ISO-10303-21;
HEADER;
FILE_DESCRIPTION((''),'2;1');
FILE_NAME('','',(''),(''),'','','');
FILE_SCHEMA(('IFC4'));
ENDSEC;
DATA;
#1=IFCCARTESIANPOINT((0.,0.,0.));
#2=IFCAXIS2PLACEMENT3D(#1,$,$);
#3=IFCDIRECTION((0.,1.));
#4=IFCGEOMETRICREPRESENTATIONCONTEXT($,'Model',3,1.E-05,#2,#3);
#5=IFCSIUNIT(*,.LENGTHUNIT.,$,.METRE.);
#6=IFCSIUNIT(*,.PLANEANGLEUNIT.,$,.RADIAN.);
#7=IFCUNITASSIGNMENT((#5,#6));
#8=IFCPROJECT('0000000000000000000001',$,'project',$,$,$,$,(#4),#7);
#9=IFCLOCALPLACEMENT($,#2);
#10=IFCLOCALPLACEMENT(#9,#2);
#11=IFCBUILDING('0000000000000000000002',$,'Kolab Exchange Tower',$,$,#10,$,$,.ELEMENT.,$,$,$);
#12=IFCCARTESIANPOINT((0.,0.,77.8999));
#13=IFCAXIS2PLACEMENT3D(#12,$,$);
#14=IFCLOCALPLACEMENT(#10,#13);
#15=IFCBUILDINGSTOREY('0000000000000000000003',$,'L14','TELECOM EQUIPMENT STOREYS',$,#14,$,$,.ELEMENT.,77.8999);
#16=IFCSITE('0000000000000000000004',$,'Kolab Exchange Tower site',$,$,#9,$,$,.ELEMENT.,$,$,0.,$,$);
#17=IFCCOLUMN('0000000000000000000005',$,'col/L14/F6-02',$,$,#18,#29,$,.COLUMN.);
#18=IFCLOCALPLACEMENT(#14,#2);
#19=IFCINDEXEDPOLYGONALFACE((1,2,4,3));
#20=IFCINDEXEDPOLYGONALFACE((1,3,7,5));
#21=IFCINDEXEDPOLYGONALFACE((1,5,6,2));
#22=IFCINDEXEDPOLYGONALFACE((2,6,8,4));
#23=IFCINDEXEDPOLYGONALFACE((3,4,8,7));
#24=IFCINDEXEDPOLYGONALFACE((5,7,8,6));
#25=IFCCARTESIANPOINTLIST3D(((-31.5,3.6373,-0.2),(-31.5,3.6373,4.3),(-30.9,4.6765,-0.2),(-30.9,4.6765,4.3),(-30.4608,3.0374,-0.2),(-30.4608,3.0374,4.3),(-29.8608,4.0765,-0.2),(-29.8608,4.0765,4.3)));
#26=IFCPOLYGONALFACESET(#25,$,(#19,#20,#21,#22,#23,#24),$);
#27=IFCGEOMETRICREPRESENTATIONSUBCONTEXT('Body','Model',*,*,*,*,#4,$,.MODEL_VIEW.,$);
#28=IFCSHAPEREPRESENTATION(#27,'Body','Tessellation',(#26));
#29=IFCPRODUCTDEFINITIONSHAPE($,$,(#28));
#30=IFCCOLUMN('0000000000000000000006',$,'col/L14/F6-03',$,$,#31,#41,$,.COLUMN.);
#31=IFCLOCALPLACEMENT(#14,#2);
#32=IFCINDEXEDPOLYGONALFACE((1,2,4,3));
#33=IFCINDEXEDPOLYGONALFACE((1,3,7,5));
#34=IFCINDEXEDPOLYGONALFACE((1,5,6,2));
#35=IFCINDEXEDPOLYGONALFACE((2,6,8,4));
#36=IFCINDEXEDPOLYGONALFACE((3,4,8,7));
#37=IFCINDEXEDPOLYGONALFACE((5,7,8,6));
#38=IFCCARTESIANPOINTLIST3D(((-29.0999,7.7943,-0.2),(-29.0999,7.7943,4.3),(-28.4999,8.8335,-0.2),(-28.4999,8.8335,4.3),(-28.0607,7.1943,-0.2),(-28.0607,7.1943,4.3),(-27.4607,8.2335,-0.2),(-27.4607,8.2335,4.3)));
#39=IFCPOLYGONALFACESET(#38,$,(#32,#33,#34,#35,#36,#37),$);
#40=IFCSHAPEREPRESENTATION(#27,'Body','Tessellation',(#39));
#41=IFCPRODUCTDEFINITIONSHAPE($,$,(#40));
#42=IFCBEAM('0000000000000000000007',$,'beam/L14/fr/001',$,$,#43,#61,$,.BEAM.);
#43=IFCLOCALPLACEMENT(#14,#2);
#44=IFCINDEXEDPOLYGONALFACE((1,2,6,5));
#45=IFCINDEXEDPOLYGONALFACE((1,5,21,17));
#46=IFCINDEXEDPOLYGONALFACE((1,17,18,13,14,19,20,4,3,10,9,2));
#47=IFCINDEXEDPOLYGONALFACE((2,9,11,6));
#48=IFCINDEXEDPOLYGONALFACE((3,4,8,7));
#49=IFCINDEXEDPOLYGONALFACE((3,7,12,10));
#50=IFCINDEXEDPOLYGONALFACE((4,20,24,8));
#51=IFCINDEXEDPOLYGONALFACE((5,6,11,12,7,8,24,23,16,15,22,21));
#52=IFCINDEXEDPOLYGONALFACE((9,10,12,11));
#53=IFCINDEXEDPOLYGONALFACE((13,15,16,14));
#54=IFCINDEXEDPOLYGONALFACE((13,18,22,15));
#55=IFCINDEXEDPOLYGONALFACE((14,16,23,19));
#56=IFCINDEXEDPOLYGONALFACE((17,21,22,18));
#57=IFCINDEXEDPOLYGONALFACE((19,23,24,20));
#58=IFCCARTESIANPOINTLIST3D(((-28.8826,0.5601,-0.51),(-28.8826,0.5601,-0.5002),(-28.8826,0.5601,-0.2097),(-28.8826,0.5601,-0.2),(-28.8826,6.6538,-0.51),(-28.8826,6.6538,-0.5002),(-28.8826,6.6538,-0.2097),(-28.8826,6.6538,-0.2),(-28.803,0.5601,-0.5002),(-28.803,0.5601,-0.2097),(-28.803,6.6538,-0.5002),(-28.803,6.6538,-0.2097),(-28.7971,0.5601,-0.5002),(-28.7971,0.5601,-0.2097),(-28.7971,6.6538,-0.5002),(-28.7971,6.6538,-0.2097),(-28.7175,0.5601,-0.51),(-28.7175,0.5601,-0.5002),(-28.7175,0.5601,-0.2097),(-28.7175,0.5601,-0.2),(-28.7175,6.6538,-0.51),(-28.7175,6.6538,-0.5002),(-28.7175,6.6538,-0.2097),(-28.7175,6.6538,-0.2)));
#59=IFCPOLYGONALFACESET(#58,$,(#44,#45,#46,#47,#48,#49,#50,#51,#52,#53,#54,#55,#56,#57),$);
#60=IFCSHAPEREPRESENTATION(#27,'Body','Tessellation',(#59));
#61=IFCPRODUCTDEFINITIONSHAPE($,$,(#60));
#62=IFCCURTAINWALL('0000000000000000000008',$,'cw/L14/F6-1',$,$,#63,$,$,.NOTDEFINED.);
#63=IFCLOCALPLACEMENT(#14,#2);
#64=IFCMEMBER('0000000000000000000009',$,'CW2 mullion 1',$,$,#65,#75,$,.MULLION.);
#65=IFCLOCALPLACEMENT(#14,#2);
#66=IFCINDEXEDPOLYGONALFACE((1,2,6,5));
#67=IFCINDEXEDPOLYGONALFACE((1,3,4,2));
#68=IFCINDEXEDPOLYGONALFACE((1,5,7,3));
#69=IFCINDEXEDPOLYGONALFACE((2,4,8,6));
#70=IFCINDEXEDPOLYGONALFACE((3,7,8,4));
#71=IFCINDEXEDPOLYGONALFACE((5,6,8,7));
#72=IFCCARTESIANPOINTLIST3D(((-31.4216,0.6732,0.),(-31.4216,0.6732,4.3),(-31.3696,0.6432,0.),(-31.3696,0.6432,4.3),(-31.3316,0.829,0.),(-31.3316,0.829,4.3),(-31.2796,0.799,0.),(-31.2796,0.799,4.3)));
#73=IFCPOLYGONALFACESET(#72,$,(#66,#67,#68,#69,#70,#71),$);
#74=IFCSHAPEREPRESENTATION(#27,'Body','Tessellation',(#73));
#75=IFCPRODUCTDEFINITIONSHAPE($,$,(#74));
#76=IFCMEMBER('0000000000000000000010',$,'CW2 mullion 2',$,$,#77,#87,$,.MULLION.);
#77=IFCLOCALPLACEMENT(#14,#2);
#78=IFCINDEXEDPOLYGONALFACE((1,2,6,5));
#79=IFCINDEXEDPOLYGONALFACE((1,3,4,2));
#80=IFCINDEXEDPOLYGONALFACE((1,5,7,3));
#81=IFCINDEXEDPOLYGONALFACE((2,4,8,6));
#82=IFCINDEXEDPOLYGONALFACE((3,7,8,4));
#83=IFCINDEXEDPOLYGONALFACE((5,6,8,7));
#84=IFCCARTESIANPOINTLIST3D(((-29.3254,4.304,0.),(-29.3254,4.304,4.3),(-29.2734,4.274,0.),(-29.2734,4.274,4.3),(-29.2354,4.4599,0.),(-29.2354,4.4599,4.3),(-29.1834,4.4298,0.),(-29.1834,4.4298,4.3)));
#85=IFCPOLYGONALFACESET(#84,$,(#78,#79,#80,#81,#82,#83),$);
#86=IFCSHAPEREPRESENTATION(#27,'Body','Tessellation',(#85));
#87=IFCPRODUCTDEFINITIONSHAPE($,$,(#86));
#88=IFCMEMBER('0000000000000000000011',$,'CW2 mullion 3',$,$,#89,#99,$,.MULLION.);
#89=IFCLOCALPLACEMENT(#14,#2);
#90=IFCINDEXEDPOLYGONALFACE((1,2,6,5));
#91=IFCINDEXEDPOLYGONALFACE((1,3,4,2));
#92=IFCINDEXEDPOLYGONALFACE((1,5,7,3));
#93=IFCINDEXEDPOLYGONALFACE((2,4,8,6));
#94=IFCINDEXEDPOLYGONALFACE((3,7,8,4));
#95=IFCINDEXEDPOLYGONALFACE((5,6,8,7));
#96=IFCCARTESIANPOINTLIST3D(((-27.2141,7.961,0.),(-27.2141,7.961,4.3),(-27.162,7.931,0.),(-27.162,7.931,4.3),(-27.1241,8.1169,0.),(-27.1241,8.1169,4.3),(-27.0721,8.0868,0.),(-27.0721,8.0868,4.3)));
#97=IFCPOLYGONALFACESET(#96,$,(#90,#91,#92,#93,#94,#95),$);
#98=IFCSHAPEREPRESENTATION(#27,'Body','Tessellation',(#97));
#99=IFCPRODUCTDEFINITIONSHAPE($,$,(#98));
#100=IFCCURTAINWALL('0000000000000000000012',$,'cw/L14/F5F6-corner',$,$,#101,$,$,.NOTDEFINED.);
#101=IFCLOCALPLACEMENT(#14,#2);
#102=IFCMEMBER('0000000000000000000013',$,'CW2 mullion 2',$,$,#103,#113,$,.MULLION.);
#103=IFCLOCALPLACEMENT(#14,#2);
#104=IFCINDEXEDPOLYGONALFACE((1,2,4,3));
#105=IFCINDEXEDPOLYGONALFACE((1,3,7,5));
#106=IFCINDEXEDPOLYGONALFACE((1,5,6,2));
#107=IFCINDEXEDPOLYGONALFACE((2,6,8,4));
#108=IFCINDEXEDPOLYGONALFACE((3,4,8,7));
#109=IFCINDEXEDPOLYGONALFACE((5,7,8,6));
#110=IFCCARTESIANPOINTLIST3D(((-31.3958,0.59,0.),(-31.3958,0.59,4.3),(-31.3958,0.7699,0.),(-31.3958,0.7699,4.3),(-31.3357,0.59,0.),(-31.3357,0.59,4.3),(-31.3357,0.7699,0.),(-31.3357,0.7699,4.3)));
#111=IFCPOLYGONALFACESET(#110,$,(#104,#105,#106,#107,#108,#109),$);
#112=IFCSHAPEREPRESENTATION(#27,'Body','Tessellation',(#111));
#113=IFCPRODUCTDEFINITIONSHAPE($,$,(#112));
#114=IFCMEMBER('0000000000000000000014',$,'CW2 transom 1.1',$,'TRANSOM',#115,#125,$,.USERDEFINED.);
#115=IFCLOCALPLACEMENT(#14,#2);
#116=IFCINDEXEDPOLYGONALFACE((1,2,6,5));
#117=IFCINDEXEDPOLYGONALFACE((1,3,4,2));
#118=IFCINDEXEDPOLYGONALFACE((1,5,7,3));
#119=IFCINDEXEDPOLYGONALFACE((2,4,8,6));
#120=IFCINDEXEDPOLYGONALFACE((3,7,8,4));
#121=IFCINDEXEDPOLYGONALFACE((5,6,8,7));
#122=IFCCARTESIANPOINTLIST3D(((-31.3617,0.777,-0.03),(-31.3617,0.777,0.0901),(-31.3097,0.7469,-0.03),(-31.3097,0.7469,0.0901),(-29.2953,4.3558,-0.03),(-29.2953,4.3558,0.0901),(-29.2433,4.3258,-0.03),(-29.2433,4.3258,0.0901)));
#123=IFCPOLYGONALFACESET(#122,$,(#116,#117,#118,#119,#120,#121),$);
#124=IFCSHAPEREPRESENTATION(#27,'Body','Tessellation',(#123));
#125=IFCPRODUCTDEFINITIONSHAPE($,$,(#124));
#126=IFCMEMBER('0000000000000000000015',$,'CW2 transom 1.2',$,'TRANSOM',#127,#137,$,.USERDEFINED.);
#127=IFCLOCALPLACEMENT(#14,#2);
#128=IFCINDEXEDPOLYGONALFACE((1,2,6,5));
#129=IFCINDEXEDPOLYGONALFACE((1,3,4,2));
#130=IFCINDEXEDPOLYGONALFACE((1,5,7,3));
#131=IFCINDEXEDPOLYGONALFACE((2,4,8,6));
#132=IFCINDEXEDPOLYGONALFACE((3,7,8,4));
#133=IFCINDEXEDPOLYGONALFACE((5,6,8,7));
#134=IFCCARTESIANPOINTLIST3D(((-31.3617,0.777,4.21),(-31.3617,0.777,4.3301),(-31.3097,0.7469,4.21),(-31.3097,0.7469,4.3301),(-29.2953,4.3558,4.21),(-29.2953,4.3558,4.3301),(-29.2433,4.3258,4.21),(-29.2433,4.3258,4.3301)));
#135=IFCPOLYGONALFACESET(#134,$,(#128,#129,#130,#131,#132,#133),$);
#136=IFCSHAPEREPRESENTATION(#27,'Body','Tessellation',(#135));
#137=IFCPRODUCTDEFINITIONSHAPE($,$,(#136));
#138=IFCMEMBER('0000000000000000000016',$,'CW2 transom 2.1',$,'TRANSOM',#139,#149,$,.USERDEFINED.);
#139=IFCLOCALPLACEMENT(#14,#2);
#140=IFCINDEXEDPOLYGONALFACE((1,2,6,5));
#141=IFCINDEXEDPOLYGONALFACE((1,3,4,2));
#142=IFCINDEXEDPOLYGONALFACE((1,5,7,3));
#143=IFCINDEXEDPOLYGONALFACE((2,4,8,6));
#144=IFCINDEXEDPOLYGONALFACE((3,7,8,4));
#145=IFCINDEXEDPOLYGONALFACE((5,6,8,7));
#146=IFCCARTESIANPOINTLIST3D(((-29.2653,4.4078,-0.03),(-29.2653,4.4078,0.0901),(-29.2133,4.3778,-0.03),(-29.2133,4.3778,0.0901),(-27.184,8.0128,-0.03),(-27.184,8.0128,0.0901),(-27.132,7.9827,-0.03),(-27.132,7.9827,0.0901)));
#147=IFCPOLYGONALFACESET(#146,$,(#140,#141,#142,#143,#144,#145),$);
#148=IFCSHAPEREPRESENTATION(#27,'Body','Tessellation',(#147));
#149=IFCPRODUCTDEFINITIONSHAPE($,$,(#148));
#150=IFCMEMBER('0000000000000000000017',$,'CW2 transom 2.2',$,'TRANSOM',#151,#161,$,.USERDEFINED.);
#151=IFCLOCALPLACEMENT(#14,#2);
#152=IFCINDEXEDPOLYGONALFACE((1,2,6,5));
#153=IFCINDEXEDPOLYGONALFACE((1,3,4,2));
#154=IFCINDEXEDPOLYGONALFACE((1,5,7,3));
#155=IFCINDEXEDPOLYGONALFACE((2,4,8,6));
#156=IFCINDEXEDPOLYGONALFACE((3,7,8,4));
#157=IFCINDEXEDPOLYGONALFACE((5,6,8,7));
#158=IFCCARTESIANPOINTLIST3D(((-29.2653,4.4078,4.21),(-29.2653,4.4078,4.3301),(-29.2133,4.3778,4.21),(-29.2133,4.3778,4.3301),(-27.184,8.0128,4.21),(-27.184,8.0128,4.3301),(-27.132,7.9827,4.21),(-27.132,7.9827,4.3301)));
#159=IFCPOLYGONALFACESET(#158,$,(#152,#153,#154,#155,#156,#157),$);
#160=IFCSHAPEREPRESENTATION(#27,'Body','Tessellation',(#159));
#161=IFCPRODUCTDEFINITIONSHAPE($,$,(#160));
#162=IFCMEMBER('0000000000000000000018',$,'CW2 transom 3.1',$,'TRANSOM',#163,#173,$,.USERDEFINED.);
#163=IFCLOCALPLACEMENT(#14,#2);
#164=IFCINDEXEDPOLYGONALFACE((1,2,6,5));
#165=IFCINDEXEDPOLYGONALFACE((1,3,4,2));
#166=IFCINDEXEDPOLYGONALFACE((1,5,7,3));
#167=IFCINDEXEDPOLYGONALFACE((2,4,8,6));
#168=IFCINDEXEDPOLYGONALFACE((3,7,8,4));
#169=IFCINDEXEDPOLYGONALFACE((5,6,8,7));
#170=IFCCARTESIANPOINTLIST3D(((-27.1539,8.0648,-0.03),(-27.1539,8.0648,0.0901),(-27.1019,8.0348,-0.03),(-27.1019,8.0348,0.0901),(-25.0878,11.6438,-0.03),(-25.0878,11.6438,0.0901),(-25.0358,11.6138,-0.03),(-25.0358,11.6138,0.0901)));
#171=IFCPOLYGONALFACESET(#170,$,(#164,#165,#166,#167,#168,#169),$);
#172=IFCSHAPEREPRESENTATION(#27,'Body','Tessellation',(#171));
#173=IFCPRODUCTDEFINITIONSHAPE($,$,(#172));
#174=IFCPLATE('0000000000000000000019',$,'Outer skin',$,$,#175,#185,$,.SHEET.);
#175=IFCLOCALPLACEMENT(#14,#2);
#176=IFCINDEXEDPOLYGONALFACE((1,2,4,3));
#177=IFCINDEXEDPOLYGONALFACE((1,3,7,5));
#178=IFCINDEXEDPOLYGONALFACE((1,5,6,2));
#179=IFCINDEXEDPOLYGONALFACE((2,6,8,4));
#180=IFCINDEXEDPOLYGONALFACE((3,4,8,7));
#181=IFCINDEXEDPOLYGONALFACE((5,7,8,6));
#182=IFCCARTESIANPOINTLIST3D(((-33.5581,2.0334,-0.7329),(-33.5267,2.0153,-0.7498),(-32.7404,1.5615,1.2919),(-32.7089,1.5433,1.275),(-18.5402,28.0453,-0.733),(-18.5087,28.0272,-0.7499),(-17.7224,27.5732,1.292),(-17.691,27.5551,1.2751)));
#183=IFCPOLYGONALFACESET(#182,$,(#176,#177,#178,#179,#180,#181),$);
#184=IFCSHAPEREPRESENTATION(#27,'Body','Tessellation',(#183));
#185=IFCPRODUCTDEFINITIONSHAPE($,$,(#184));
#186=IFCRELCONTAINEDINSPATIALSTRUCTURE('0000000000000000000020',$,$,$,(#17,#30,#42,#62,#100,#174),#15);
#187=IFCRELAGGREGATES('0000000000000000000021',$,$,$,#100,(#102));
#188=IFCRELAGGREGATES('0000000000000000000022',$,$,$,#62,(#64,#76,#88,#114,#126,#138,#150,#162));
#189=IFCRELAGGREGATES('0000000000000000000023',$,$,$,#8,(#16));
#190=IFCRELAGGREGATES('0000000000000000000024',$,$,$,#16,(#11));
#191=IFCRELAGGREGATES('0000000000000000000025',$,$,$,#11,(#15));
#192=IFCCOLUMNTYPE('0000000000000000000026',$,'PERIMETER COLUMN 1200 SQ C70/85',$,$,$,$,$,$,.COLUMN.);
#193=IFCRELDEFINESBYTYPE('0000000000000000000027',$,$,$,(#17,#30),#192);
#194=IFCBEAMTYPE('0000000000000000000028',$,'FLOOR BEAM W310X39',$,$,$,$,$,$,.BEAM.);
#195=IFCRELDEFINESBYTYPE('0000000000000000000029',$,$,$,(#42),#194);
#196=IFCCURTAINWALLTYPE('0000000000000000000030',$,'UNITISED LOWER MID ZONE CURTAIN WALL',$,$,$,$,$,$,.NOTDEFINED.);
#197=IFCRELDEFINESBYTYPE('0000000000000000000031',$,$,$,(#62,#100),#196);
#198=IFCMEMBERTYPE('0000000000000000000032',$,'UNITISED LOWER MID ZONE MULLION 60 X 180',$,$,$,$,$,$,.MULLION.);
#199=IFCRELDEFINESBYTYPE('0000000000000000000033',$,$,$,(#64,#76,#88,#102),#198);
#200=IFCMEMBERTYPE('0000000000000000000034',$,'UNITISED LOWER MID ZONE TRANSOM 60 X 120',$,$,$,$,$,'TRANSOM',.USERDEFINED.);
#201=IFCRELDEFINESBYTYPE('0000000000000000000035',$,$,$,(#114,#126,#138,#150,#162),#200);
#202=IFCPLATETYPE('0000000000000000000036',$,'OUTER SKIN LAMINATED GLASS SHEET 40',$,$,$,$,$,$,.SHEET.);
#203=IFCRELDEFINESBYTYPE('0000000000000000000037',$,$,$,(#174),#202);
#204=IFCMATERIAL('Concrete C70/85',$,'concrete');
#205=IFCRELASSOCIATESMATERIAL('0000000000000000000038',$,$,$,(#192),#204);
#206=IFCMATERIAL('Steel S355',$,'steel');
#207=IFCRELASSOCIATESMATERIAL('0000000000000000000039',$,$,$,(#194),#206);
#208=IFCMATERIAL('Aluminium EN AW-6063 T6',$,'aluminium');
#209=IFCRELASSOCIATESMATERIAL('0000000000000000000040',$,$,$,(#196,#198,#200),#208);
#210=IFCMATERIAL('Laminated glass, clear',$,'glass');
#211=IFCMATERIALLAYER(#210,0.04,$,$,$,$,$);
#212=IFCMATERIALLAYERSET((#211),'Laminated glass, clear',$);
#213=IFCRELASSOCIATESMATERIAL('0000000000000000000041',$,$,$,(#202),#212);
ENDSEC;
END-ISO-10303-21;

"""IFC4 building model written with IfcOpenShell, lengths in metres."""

from ifc_helpers import new_model, si_unit, direction, frame, origin, origin_2d, place, context, subcontext, project, spatial, polyline, rectangle, i_section, outline, extrude, material, layer, layer_set, material_profile, profile_set, type_object, element, aggregate, save


model = new_model("IFC4")

# Units and contexts
model_context = context("Model", 3, precision=1e-05, world=origin(), true_north=direction((0.0, 1.0)))
body_context = subcontext(model_context, "Body", "Model", "MODEL_VIEW")
ifc_project = project(units=[si_unit("LENGTHUNIT", "METRE"), si_unit("PLANEANGLEUNIT", "RADIAN")], contexts=[model_context])

# Site, building, storey
site_placement = place(None, origin())
site = spatial("IfcSite", under=ifc_project, at=site_placement, Name="Kolab Exchange Tower site", CompositionType="ELEMENT", RefElevation=0.0)
building_placement = place(site_placement, origin())
building = spatial("IfcBuilding", under=site, at=building_placement, Name="Kolab Exchange Tower", CompositionType="ELEMENT")
storey_placement = place(building_placement, frame((0.0, 0.0, 77.8999)))
storey = spatial("IfcBuildingStorey", under=building, at=storey_placement, Name="L14", Description="TELECOM EQUIPMENT STOREYS", CompositionType="ELEMENT", Elevation=77.8999)

# Columns
ifc_material_1 = material(Name="Concrete C70/85", Category="concrete")
ifc_material_profile_1 = material_profile(ifc_material_1, rectangle(XDim=1.2, YDim=1.2, at=origin_2d()), Name="RC1200")
ifc_profile_set_1 = profile_set([ifc_material_profile_1], Name="Concrete C70/85")
column_type = type_object("IfcColumnType", Name="PERIMETER COLUMN 1200 SQ C70/85", PredefinedType="COLUMN", material=ifc_profile_set_1)
for number, where, z_axis, x_axis, name in (
    (1, (-30.6804, 3.8569, -0.2), (0.0, 0.0, 1.0), (0.5, 0.866025, 0.0), "col/L14/F6-02"),
    (2, (-28.2803, 8.0139, -0.2), (0.0, 0.0, 1.0), (0.5, 0.866025, 0.0), "col/L14/F6-03"),
):
    element("IfcColumn", number, at=place(storey_placement, frame(where, z_axis=z_axis, x_axis=x_axis)), inside=storey, type_object=column_type, Name=name, PredefinedType="COLUMN", context=body_context, shape_type="SweptSolid", body=[
        extrude(rectangle(XDim=1.2, YDim=1.2, at=origin_2d()), origin(), (0.0, 0.0, 1.0), 4.5),
    ])

# Beam
ifc_material_2 = material(Name="Steel S355", Category="steel")
ifc_material_profile_2 = material_profile(ifc_material_2, i_section(OverallWidth=0.165, OverallDepth=0.3101, WebThickness=0.0059, FlangeThickness=0.0098, at=origin_2d()), Name="W310X39")
ifc_profile_set_2 = profile_set([ifc_material_profile_2], Name="Steel S355")
beam_type = type_object("IfcBeamType", Name="FLOOR BEAM W310X39", PredefinedType="BEAM", material=ifc_profile_set_2)
beam_placement = place(storey_placement, frame((-28.8, 0.5601, -0.355), z_axis=(0.0, 1.0, 0.0), x_axis=(-1.0, 0.0, 0.0)))
element("IfcBeam", 3, at=beam_placement, inside=storey, type_object=beam_type, Name="beam/L14/fr/001", PredefinedType="BEAM", context=body_context, shape_type="SweptSolid", body=[
    extrude(i_section(OverallWidth=0.165, OverallDepth=0.3101, WebThickness=0.0059, FlangeThickness=0.0098, at=origin_2d()), origin(), (0.0, 0.0, 1.0), 6.0938),
])

# Curtain wall, members
ifc_material_3 = material(Name="Aluminium EN AW-6063 T6", Category="aluminium")
curtain_wall_type = type_object("IfcCurtainWallType", Name="UNITISED LOWER MID ZONE CURTAIN WALL", PredefinedType="NOTDEFINED", material=ifc_material_3)
curtain_wall_1_placement = place(storey_placement, origin())
curtain_wall_1 = element("IfcCurtainWall", 4, at=curtain_wall_1_placement, inside=storey, type_object=curtain_wall_type, Name="cw/L14/F6-1", PredefinedType="NOTDEFINED")
ifc_material_profile_3 = material_profile(ifc_material_3, rectangle(XDim=0.0601, YDim=0.1799, at=origin_2d()), Name="RECT 60X180")
ifc_profile_set_3 = profile_set([ifc_material_profile_3], Name="Aluminium EN AW-6063 T6")
member_type_1 = type_object("IfcMemberType", Name="UNITISED LOWER MID ZONE MULLION 60 X 180", PredefinedType="MULLION", material=ifc_profile_set_3)
member_1_placement = place(storey_placement, frame((-31.3506, 0.7361, 0.0), z_axis=(0.0, 0.0, 1.0), x_axis=(-0.866025, 0.5, 0.0)))
member_1 = element("IfcMember", 5, at=member_1_placement, type_object=member_type_1, Name="CW2 mullion 1", PredefinedType="MULLION", context=body_context, shape_type="SweptSolid", body=[
    extrude(rectangle(XDim=0.0601, YDim=0.1799, at=origin_2d()), origin(), (0.0, 0.0, 1.0), 4.3),
])
member_2_placement = place(storey_placement, frame((-29.2544, 4.3669, 0.0), z_axis=(0.0, 0.0, 1.0), x_axis=(-0.866025, 0.5, 0.0)))
member_2 = element("IfcMember", 6, at=member_2_placement, type_object=member_type_1, Name="CW2 mullion 2", PredefinedType="MULLION", context=body_context, shape_type="SweptSolid", body=[
    extrude(rectangle(XDim=0.0601, YDim=0.1799, at=origin_2d()), origin(), (0.0, 0.0, 1.0), 4.3),
])
member_3_placement = place(storey_placement, frame((-27.1431, 8.0239, 0.0), z_axis=(0.0, 0.0, 1.0), x_axis=(-0.866025, 0.5, 0.0)))
member_3 = element("IfcMember", 7, at=member_3_placement, type_object=member_type_1, Name="CW2 mullion 3", PredefinedType="MULLION", context=body_context, shape_type="SweptSolid", body=[
    extrude(rectangle(XDim=0.0601, YDim=0.1799, at=origin_2d()), origin(), (0.0, 0.0, 1.0), 4.3),
])

# Curtain wall, member
curtain_wall_2_placement = place(storey_placement, origin())
curtain_wall_2 = element("IfcCurtainWall", 8, at=curtain_wall_2_placement, inside=storey, type_object=curtain_wall_type, Name="cw/L14/F5F6-corner", PredefinedType="NOTDEFINED")
member_4_placement = place(storey_placement, frame((-31.3657, 0.6799, 0.0), z_axis=(0.0, 0.0, 1.0), x_axis=(-1.0, 0.0, 0.0)))
member_4 = element("IfcMember", 9, at=member_4_placement, type_object=member_type_1, Name="CW2 mullion 2", PredefinedType="MULLION", context=body_context, shape_type="SweptSolid", body=[
    extrude(rectangle(XDim=0.0601, YDim=0.1799, at=origin_2d()), origin(), (0.0, 0.0, 1.0), 4.3),
])
aggregate(curtain_wall_2, [member_4])

# Members
ifc_material_profile_4 = material_profile(ifc_material_3, rectangle(XDim=0.0601, YDim=0.1201, at=origin_2d()), Name="RECT 60X120")
ifc_profile_set_4 = profile_set([ifc_material_profile_4], Name="Aluminium EN AW-6063 T6")
member_type_2 = type_object("IfcMemberType", Name="UNITISED LOWER MID ZONE TRANSOM 60 X 120", ElementType="TRANSOM", PredefinedType="USERDEFINED", material=ifc_profile_set_4)
member_5_placement = place(storey_placement, frame((-31.3357, 0.762, 0.03), z_axis=(0.500028, 0.866009, 0.0), x_axis=(-0.866009, 0.500028, 0.0)))
member_5 = element("IfcMember", 10, at=member_5_placement, type_object=member_type_2, Name="CW2 transom 1.1", ObjectType="TRANSOM", PredefinedType="USERDEFINED", context=body_context, shape_type="SweptSolid", body=[
    extrude(rectangle(XDim=0.0601, YDim=0.1201, at=origin_2d()), origin(), (0.0, 0.0, 1.0), 4.1326),
])
member_6_placement = place(storey_placement, frame((-31.3357, 0.762, 4.27), z_axis=(0.500028, 0.866009, 0.0), x_axis=(-0.866009, 0.500028, 0.0)))
member_6 = element("IfcMember", 11, at=member_6_placement, type_object=member_type_2, Name="CW2 transom 1.2", ObjectType="TRANSOM", PredefinedType="USERDEFINED", context=body_context, shape_type="SweptSolid", body=[
    extrude(rectangle(XDim=0.0601, YDim=0.1201, at=origin_2d()), origin(), (0.0, 0.0, 1.0), 4.1326),
])
member_7_placement = place(storey_placement, frame((-29.2393, 4.3928, 0.03), z_axis=(0.499993, 0.866029, 0.0), x_axis=(-0.866029, 0.499993, 0.0)))
member_7 = element("IfcMember", 12, at=member_7_placement, type_object=member_type_2, Name="CW2 transom 2.1", ObjectType="TRANSOM", PredefinedType="USERDEFINED", context=body_context, shape_type="SweptSolid", body=[
    extrude(rectangle(XDim=0.0601, YDim=0.1201, at=origin_2d()), origin(), (0.0, 0.0, 1.0), 4.1626),
])
member_8_placement = place(storey_placement, frame((-29.2393, 4.3928, 4.27), z_axis=(0.499993, 0.866029, 0.0), x_axis=(-0.866029, 0.499993, 0.0)))
member_8 = element("IfcMember", 13, at=member_8_placement, type_object=member_type_2, Name="CW2 transom 2.2", ObjectType="TRANSOM", PredefinedType="USERDEFINED", context=body_context, shape_type="SweptSolid", body=[
    extrude(rectangle(XDim=0.0601, YDim=0.1201, at=origin_2d()), origin(), (0.0, 0.0, 1.0), 4.1626),
])
member_9_placement = place(storey_placement, frame((-27.1279, 8.0498, 0.03), z_axis=(0.499958, 0.86605, 0.0), x_axis=(-0.86605, 0.499958, 0.0)))
member_9 = element("IfcMember", 14, at=member_9_placement, type_object=member_type_2, Name="CW2 transom 3.1", ObjectType="TRANSOM", PredefinedType="USERDEFINED", context=body_context, shape_type="SweptSolid", body=[
    extrude(rectangle(XDim=0.0601, YDim=0.1201, at=origin_2d()), origin(), (0.0, 0.0, 1.0), 4.1326),
])

# Plate
ifc_material_4 = material(Name="Laminated glass, clear", Category="glass")
ifc_layer_1 = layer(ifc_material_4, 0.04)
ifc_layer_set_1 = layer_set([ifc_layer_1], Name="Laminated glass, clear")
plate_type_1 = type_object("IfcPlateType", Name="OUTER SKIN LAMINATED GLASS SHEET 40", PredefinedType="SHEET", material=ifc_layer_set_1)
plate_1_placement = place(storey_placement, frame((-33.5581, 2.0334, -0.7329), z_axis=(-0.784887, 0.453155, 0.422613), x_axis=(0.499999, 0.866026, -0.000002)))
element("IfcPlate", 15, at=plate_1_placement, inside=storey, type_object=plate_type_1, Name="Outer skin", PredefinedType="SHEET", context=body_context, shape_type="SweptSolid", body=[
    extrude(outline(polyline([(0.0, 0.0), (30.0359, 0.0), (30.036, -2.2343), (0.0001, -2.2342), (0.0, 0.0)])), origin(), (0.0, 0.0, -1.0), 0.04),
])
aggregate(curtain_wall_1, [member_1, member_2, member_3, member_5, member_6, member_7, member_8, member_9])

save(model, "model.ifc")
